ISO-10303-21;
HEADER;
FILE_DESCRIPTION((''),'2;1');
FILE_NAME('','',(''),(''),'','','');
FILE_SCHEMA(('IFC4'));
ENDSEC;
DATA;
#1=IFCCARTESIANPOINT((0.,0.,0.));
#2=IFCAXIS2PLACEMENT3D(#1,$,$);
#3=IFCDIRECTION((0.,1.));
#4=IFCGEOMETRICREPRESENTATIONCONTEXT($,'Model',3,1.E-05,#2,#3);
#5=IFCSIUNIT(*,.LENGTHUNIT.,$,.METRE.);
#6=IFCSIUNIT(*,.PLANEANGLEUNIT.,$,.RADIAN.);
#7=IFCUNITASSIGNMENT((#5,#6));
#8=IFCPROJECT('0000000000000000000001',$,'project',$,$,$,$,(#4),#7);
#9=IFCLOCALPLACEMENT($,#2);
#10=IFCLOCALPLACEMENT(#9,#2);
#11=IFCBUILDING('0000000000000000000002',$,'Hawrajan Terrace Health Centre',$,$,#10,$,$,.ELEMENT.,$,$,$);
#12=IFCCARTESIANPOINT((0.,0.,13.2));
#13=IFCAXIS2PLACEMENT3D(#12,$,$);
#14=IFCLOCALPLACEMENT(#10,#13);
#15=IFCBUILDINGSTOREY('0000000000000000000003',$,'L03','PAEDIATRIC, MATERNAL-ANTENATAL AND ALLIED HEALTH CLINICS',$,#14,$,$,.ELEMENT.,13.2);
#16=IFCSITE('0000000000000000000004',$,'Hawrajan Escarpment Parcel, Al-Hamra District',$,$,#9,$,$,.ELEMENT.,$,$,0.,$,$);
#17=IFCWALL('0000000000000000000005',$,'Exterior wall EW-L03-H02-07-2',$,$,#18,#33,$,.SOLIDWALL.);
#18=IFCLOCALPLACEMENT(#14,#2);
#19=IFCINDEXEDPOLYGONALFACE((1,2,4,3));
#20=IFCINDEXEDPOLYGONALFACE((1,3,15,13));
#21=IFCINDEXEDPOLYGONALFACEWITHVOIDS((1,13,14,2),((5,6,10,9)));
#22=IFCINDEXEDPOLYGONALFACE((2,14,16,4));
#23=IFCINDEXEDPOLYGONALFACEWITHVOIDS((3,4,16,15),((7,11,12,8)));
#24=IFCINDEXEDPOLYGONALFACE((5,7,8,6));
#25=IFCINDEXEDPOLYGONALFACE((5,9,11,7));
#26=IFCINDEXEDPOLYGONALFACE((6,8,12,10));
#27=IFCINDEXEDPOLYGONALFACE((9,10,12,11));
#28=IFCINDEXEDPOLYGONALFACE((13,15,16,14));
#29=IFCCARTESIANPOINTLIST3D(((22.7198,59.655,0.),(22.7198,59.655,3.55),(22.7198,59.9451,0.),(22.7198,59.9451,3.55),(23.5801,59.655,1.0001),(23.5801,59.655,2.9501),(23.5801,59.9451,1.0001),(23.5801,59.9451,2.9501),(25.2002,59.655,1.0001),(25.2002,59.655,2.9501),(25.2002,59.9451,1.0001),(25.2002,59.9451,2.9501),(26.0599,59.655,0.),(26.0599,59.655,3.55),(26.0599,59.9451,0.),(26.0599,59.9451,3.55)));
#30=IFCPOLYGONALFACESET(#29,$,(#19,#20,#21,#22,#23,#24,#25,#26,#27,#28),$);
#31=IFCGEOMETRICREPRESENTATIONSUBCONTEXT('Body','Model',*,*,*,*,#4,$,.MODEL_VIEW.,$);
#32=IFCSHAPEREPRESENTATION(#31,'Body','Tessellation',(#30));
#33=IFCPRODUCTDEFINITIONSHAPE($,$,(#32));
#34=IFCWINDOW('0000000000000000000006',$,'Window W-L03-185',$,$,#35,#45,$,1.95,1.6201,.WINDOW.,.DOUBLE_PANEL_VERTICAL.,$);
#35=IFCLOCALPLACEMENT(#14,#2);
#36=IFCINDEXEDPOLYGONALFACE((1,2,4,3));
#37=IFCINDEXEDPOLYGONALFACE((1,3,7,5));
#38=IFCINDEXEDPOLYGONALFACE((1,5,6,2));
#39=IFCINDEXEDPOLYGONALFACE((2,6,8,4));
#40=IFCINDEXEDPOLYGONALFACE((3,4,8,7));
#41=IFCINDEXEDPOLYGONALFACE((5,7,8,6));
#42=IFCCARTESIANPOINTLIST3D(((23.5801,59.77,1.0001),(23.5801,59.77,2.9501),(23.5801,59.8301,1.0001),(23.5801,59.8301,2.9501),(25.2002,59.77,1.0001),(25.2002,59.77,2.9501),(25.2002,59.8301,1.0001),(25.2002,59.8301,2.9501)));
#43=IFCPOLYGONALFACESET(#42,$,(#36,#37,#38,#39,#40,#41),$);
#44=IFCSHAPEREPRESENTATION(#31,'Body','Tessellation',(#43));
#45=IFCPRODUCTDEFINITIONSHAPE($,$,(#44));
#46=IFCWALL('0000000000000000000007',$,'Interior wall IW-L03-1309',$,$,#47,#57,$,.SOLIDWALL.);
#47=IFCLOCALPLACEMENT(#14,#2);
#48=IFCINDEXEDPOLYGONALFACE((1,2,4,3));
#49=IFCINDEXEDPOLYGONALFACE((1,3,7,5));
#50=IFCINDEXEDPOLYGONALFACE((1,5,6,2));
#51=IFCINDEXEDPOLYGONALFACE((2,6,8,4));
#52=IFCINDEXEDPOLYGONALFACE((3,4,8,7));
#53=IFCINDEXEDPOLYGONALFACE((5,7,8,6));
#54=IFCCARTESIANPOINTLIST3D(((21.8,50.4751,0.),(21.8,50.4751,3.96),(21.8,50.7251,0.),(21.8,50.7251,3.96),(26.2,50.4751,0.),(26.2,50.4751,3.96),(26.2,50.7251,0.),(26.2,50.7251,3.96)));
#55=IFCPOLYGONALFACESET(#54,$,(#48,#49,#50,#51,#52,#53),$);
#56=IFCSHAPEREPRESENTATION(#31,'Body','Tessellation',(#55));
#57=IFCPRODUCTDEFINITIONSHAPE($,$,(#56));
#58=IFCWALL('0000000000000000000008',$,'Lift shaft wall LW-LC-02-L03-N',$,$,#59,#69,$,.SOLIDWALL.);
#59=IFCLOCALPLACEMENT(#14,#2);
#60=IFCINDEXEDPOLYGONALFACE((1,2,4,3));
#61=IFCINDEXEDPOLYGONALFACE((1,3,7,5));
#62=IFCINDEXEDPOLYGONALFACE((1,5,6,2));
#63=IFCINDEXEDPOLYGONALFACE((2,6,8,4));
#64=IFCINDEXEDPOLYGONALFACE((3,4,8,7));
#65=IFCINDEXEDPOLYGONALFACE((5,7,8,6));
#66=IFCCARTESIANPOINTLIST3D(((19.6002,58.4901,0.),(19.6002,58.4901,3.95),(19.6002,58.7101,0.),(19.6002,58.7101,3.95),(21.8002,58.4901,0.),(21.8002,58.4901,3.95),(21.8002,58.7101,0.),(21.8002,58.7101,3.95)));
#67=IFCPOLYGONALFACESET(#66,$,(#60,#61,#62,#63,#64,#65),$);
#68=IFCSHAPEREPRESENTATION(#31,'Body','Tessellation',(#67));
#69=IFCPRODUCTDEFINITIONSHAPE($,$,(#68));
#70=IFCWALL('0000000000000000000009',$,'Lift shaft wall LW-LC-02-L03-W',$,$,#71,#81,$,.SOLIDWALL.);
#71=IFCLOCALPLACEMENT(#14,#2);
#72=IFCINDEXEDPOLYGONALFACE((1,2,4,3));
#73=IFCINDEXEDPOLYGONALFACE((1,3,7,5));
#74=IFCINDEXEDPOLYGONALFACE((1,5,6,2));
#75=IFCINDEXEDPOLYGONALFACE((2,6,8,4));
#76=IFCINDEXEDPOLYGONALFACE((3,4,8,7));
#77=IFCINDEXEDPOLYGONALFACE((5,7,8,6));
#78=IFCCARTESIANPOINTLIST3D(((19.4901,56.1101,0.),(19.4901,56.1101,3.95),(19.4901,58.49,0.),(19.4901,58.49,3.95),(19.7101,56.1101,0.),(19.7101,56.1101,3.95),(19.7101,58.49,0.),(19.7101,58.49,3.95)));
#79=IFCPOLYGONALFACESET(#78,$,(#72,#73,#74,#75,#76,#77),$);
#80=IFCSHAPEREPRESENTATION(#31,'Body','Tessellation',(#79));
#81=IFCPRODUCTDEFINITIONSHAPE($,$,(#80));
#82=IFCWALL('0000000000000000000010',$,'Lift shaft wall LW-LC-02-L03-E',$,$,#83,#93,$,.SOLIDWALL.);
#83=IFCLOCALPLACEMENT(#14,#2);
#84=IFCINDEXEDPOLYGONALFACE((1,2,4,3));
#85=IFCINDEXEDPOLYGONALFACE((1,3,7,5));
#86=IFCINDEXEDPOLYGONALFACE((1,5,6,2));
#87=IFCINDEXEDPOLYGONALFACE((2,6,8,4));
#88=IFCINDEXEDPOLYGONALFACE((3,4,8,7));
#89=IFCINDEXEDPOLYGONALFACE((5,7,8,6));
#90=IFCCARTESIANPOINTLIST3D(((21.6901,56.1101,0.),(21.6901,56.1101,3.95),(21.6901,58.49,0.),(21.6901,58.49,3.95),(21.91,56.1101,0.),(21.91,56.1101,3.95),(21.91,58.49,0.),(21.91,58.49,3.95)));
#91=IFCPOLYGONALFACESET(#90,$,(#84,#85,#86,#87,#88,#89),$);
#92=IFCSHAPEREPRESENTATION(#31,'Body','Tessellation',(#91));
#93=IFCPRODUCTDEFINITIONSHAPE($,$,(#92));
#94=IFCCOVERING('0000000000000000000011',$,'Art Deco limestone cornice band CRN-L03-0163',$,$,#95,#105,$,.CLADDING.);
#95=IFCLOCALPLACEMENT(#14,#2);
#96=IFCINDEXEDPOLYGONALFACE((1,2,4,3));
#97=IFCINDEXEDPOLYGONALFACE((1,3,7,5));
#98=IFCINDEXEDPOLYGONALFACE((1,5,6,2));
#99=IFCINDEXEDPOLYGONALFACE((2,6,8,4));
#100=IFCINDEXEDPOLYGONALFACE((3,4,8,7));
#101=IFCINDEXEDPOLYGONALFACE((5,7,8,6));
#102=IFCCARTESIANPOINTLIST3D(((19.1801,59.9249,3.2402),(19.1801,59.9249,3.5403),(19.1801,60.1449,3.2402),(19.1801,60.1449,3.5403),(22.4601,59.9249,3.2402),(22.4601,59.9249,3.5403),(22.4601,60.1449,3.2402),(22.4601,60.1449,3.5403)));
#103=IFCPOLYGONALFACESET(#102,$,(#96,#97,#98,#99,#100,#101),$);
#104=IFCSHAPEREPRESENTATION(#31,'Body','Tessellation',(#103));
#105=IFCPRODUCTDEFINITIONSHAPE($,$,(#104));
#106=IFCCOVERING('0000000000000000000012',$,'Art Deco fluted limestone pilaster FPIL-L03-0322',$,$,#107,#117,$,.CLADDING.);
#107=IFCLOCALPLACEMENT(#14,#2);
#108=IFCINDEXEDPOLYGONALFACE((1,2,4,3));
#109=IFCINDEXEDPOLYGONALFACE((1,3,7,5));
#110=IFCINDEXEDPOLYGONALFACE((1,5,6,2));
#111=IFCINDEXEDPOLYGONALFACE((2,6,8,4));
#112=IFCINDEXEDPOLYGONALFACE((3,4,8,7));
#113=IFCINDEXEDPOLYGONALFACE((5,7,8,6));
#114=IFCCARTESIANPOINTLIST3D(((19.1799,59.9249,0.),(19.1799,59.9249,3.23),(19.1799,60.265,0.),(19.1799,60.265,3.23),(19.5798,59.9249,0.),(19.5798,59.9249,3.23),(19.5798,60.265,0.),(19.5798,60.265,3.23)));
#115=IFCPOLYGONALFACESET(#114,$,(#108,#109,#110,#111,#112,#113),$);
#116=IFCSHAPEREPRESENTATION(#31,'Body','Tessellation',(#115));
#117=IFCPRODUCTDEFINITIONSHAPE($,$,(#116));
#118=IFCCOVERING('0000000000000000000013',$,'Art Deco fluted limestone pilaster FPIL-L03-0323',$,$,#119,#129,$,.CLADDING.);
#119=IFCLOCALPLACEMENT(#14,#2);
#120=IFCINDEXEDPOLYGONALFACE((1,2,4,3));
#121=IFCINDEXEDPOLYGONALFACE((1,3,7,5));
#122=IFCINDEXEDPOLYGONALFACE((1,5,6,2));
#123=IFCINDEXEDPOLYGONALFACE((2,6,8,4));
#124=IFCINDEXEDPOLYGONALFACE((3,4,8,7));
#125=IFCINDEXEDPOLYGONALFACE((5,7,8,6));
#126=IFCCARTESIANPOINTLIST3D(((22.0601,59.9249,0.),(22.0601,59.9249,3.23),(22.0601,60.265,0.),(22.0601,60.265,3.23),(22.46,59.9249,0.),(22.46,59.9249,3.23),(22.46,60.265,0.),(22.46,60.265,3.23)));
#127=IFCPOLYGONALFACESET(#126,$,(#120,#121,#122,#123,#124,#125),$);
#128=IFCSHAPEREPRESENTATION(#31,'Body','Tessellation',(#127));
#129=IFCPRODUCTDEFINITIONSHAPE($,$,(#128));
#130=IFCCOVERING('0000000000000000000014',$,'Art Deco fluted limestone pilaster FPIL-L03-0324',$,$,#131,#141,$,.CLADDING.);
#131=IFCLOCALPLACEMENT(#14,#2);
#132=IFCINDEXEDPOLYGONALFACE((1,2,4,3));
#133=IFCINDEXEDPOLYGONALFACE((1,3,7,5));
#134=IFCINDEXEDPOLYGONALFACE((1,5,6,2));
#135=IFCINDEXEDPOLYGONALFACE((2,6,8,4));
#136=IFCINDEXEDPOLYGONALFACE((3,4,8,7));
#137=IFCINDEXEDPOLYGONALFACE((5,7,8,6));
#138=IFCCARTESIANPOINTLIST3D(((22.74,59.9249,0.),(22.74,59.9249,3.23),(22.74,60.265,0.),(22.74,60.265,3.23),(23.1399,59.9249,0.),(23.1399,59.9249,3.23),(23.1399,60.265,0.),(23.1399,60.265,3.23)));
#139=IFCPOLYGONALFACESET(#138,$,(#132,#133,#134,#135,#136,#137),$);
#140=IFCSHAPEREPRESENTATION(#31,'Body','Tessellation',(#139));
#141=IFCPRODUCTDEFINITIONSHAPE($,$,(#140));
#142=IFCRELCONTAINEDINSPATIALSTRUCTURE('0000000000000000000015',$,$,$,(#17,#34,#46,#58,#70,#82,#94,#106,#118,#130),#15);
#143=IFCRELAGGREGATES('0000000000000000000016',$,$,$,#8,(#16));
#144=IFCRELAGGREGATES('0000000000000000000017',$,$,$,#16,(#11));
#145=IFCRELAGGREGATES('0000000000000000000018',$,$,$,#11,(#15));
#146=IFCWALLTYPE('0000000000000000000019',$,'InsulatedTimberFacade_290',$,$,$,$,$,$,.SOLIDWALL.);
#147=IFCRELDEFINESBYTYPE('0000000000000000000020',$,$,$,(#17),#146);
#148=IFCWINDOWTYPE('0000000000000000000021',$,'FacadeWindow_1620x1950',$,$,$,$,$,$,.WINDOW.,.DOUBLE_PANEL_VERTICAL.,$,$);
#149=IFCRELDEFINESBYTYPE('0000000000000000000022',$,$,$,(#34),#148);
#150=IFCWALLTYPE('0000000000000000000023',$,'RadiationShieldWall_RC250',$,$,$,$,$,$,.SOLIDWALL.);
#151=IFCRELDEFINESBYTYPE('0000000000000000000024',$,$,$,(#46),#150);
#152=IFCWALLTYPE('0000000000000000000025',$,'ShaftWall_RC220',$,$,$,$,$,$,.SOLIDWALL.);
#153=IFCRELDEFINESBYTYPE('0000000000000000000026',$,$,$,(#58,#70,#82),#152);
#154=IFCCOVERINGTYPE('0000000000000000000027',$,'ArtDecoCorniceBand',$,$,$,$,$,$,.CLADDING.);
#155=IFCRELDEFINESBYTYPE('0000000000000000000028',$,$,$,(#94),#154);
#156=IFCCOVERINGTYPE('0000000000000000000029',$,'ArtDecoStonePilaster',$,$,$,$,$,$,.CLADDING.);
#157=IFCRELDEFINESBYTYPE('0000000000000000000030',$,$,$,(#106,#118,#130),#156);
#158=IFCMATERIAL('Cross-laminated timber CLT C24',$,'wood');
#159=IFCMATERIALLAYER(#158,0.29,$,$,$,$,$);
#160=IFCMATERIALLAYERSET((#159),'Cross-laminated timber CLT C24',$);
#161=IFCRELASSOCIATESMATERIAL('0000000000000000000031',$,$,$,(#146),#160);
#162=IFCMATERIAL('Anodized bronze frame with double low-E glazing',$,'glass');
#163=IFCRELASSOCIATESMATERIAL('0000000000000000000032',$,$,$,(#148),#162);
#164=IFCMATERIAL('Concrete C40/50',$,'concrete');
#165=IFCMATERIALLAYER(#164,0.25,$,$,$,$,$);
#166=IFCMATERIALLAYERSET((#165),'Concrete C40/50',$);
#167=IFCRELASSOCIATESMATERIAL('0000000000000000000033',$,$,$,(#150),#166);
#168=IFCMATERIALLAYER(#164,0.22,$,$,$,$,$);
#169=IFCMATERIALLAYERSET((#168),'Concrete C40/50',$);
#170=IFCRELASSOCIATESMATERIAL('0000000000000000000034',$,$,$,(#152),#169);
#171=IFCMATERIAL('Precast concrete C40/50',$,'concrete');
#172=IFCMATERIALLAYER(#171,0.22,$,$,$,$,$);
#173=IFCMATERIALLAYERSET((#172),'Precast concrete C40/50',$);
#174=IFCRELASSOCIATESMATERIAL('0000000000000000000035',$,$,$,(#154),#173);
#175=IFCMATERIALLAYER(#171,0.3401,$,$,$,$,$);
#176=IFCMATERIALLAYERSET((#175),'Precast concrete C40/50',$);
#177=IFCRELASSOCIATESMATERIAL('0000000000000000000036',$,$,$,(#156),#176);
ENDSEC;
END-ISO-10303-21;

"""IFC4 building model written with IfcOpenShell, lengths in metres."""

from ifc_helpers import new_model, si_unit, direction, frame, frame_2d, origin, origin_2d, place, context, subcontext, project, spatial, rectangle, extrude, material, layer, layer_set, type_object, element, fill, save


model = new_model("IFC4")

# Units and contexts
model_context = context("Model", 3, precision=1e-05, world=origin(), true_north=direction((0.0, 1.0)))
body_context = subcontext(model_context, "Body", "Model", "MODEL_VIEW")
ifc_project = project(units=[si_unit("LENGTHUNIT", "METRE"), si_unit("PLANEANGLEUNIT", "RADIAN")], contexts=[model_context])

# Site, building, storey
site_placement = place(None, origin())
site = spatial("IfcSite", under=ifc_project, at=site_placement, Name="Hawrajan Escarpment Parcel, Al-Hamra District", CompositionType="ELEMENT", RefElevation=0.0)
building_placement = place(site_placement, origin())
building = spatial("IfcBuilding", under=site, at=building_placement, Name="Hawrajan Terrace Health Centre", CompositionType="ELEMENT")
storey_placement = place(building_placement, frame((0.0, 0.0, 13.2)))
storey = spatial("IfcBuildingStorey", under=building, at=storey_placement, Name="L03", Description="PAEDIATRIC, MATERNAL-ANTENATAL AND ALLIED HEALTH CLINICS", CompositionType="ELEMENT", Elevation=13.2)

# Shared definitions
ifc_material_1 = material(Name="Cross-laminated timber CLT C24", Category="wood")

# Wall, opening, window
ifc_layer_1 = layer(ifc_material_1, 0.29)
ifc_layer_set_1 = layer_set([ifc_layer_1], Name="Cross-laminated timber CLT C24")
wall_type_1 = type_object("IfcWallType", Name="InsulatedTimberFacade_290", PredefinedType="SOLIDWALL", material=ifc_layer_set_1)
ifc_material_2 = material(Name="Anodized bronze frame with double low-E glazing", Category="glass")
wall_1_placement = place(storey_placement, frame((22.72, 59.8, 0.0), z_axis=(0.0, 0.0, 1.0), x_axis=(1.0, 0.0, 0.0)))
wall_1 = element("IfcWall", 1, at=wall_1_placement, inside=storey, type_object=wall_type_1, Name="Exterior wall EW-L03-H02-07-2", PredefinedType="SOLIDWALL", context=body_context, shape_type="SweptSolid", body=[
    extrude(rectangle(XDim=3.3401, YDim=0.29, at=frame_2d((1.6699, 0.0))), origin(), (0.0, 0.0, 1.0), 3.55),
])
opening_1_placement = place(wall_1_placement, frame((0.8601, 0.0, 1.0)))
opening_1 = element("IfcOpeningElement", 2, at=opening_1_placement, cuts=wall_1, PredefinedType="OPENING", context=body_context, shape_type="SweptSolid", body=[
    extrude(rectangle(XDim=1.6201, YDim=1.95, at=frame_2d((0.8101, 0.9751))), frame((0.0, 0.155, 0.0), z_axis=(0.0, -1.0, 0.0), x_axis=(1.0, 0.0, 0.0)), (0.0, 0.0, 1.0), 0.3101),
])
window_type_1 = type_object("IfcWindowType", Name="FacadeWindow_1620x1950", PartitioningType="DOUBLE_PANEL_VERTICAL", PredefinedType="WINDOW", material=ifc_material_2)
window_1_placement = place(opening_1_placement, origin())
window_1 = element("IfcWindow", 3, at=window_1_placement, inside=storey, type_object=window_type_1, Name="Window W-L03-185", OverallHeight=1.95, OverallWidth=1.6201, PartitioningType="DOUBLE_PANEL_VERTICAL", PredefinedType="WINDOW", context=body_context, shape_type="SweptSolid", body=[
    extrude(rectangle(XDim=1.6201, YDim=1.95, at=frame_2d((0.8101, 0.9751))), frame((0.0, 0.03, 0.0), z_axis=(0.0, -1.0, 0.0), x_axis=(1.0, 0.0, 0.0)), (0.0, 0.0, 1.0), 0.0601),
])
fill(opening_1, window_1)

# Wall
ifc_material_3 = material(Name="Concrete C40/50", Category="concrete")
ifc_layer_2 = layer(ifc_material_3, 0.25)
ifc_layer_set_2 = layer_set([ifc_layer_2], Name="Concrete C40/50")
wall_type_2 = type_object("IfcWallType", Name="RadiationShieldWall_RC250", PredefinedType="SOLIDWALL", material=ifc_layer_set_2)
wall_2_placement = place(storey_placement, frame((21.8, 50.6001, 0.0), z_axis=(0.0, 0.0, 1.0), x_axis=(1.0, 0.0, 0.0)))
element("IfcWall", 4, at=wall_2_placement, inside=storey, type_object=wall_type_2, Name="Interior wall IW-L03-1309", PredefinedType="SOLIDWALL", context=body_context, shape_type="SweptSolid", body=[
    extrude(rectangle(XDim=4.3999, YDim=0.25, at=frame_2d((2.2, 0.0))), origin(), (0.0, 0.0, 1.0), 3.96),
])

# Shared definitions
ifc_layer_3 = layer(ifc_material_3, 0.22)
ifc_layer_set_3 = layer_set([ifc_layer_3], Name="Concrete C40/50")
wall_type_3 = type_object("IfcWallType", Name="ShaftWall_RC220", PredefinedType="SOLIDWALL", material=ifc_layer_set_3)

# Walls
wall_3_placement = place(storey_placement, frame((19.6001, 58.6001, 0.0), z_axis=(0.0, 0.0, 1.0), x_axis=(1.0, 0.0, 0.0)))
element("IfcWall", 5, at=wall_3_placement, inside=storey, type_object=wall_type_3, Name="Lift shaft wall LW-LC-02-L03-N", PredefinedType="SOLIDWALL", context=body_context, shape_type="SweptSolid", body=[
    extrude(rectangle(XDim=2.2, YDim=0.22, at=frame_2d((1.1001, 0.0))), origin(), (0.0, 0.0, 1.0), 3.95),
])
for number, where, z_axis, x_axis, name in (
    (6, (19.6001, 56.1101, 0.0), (0.0, 0.0, 1.0), (0.0, 1.0, 0.0), "Lift shaft wall LW-LC-02-L03-W"),
    (7, (21.8, 56.1101, 0.0), (0.0, 0.0, 1.0), (0.0, 1.0, 0.0), "Lift shaft wall LW-LC-02-L03-E"),
):
    element("IfcWall", number, at=place(storey_placement, frame(where, z_axis=z_axis, x_axis=x_axis)), inside=storey, type_object=wall_type_3, Name=name, PredefinedType="SOLIDWALL", context=body_context, shape_type="SweptSolid", body=[
        extrude(rectangle(XDim=2.3799, YDim=0.22, at=frame_2d((1.1899, 0.0))), origin(), (0.0, 0.0, 1.0), 3.95),
    ])

# Coverings
ifc_material_4 = material(Name="Precast concrete C40/50", Category="concrete")
ifc_layer_4 = layer(ifc_material_4, 0.22)
ifc_layer_set_4 = layer_set([ifc_layer_4], Name="Precast concrete C40/50")
covering_type_1 = type_object("IfcCoveringType", Name="ArtDecoCorniceBand", PredefinedType="CLADDING", material=ifc_layer_set_4)
covering_placement = place(storey_placement, frame((20.8201, 60.0349, 3.2402), z_axis=(0.0, 0.0, 1.0), x_axis=(1.0, 0.0, 0.0)))
element("IfcCovering", 8, at=covering_placement, inside=storey, type_object=covering_type_1, Name="Art Deco limestone cornice band CRN-L03-0163", PredefinedType="CLADDING", context=body_context, shape_type="SweptSolid", body=[
    extrude(rectangle(XDim=3.28, YDim=0.22, at=origin_2d()), origin(), (0.0, 0.0, 1.0), 0.3),
])
ifc_layer_5 = layer(ifc_material_4, 0.3401)
ifc_layer_set_5 = layer_set([ifc_layer_5], Name="Precast concrete C40/50")
covering_type_2 = type_object("IfcCoveringType", Name="ArtDecoStonePilaster", PredefinedType="CLADDING", material=ifc_layer_set_5)
for number, where, z_axis, x_axis, name in (
    (9, (19.3799, 60.095, 0.0), (0.0, 0.0, 1.0), (1.0, 0.0, 0.0), "Art Deco fluted limestone pilaster FPIL-L03-0322"),
    (10, (22.26, 60.095, 0.0), (0.0, 0.0, 1.0), (1.0, 0.0, 0.0), "Art Deco fluted limestone pilaster FPIL-L03-0323"),
    (11, (22.9399, 60.095, 0.0), (0.0, 0.0, 1.0), (1.0, 0.0, 0.0), "Art Deco fluted limestone pilaster FPIL-L03-0324"),
):
    element("IfcCovering", number, at=place(storey_placement, frame(where, z_axis=z_axis, x_axis=x_axis)), inside=storey, type_object=covering_type_2, Name=name, PredefinedType="CLADDING", context=body_context, shape_type="SweptSolid", body=[
        extrude(rectangle(XDim=0.3999, YDim=0.3401, at=origin_2d()), origin(), (0.0, 0.0, 1.0), 3.23),
    ])

save(model, "model.ifc")
